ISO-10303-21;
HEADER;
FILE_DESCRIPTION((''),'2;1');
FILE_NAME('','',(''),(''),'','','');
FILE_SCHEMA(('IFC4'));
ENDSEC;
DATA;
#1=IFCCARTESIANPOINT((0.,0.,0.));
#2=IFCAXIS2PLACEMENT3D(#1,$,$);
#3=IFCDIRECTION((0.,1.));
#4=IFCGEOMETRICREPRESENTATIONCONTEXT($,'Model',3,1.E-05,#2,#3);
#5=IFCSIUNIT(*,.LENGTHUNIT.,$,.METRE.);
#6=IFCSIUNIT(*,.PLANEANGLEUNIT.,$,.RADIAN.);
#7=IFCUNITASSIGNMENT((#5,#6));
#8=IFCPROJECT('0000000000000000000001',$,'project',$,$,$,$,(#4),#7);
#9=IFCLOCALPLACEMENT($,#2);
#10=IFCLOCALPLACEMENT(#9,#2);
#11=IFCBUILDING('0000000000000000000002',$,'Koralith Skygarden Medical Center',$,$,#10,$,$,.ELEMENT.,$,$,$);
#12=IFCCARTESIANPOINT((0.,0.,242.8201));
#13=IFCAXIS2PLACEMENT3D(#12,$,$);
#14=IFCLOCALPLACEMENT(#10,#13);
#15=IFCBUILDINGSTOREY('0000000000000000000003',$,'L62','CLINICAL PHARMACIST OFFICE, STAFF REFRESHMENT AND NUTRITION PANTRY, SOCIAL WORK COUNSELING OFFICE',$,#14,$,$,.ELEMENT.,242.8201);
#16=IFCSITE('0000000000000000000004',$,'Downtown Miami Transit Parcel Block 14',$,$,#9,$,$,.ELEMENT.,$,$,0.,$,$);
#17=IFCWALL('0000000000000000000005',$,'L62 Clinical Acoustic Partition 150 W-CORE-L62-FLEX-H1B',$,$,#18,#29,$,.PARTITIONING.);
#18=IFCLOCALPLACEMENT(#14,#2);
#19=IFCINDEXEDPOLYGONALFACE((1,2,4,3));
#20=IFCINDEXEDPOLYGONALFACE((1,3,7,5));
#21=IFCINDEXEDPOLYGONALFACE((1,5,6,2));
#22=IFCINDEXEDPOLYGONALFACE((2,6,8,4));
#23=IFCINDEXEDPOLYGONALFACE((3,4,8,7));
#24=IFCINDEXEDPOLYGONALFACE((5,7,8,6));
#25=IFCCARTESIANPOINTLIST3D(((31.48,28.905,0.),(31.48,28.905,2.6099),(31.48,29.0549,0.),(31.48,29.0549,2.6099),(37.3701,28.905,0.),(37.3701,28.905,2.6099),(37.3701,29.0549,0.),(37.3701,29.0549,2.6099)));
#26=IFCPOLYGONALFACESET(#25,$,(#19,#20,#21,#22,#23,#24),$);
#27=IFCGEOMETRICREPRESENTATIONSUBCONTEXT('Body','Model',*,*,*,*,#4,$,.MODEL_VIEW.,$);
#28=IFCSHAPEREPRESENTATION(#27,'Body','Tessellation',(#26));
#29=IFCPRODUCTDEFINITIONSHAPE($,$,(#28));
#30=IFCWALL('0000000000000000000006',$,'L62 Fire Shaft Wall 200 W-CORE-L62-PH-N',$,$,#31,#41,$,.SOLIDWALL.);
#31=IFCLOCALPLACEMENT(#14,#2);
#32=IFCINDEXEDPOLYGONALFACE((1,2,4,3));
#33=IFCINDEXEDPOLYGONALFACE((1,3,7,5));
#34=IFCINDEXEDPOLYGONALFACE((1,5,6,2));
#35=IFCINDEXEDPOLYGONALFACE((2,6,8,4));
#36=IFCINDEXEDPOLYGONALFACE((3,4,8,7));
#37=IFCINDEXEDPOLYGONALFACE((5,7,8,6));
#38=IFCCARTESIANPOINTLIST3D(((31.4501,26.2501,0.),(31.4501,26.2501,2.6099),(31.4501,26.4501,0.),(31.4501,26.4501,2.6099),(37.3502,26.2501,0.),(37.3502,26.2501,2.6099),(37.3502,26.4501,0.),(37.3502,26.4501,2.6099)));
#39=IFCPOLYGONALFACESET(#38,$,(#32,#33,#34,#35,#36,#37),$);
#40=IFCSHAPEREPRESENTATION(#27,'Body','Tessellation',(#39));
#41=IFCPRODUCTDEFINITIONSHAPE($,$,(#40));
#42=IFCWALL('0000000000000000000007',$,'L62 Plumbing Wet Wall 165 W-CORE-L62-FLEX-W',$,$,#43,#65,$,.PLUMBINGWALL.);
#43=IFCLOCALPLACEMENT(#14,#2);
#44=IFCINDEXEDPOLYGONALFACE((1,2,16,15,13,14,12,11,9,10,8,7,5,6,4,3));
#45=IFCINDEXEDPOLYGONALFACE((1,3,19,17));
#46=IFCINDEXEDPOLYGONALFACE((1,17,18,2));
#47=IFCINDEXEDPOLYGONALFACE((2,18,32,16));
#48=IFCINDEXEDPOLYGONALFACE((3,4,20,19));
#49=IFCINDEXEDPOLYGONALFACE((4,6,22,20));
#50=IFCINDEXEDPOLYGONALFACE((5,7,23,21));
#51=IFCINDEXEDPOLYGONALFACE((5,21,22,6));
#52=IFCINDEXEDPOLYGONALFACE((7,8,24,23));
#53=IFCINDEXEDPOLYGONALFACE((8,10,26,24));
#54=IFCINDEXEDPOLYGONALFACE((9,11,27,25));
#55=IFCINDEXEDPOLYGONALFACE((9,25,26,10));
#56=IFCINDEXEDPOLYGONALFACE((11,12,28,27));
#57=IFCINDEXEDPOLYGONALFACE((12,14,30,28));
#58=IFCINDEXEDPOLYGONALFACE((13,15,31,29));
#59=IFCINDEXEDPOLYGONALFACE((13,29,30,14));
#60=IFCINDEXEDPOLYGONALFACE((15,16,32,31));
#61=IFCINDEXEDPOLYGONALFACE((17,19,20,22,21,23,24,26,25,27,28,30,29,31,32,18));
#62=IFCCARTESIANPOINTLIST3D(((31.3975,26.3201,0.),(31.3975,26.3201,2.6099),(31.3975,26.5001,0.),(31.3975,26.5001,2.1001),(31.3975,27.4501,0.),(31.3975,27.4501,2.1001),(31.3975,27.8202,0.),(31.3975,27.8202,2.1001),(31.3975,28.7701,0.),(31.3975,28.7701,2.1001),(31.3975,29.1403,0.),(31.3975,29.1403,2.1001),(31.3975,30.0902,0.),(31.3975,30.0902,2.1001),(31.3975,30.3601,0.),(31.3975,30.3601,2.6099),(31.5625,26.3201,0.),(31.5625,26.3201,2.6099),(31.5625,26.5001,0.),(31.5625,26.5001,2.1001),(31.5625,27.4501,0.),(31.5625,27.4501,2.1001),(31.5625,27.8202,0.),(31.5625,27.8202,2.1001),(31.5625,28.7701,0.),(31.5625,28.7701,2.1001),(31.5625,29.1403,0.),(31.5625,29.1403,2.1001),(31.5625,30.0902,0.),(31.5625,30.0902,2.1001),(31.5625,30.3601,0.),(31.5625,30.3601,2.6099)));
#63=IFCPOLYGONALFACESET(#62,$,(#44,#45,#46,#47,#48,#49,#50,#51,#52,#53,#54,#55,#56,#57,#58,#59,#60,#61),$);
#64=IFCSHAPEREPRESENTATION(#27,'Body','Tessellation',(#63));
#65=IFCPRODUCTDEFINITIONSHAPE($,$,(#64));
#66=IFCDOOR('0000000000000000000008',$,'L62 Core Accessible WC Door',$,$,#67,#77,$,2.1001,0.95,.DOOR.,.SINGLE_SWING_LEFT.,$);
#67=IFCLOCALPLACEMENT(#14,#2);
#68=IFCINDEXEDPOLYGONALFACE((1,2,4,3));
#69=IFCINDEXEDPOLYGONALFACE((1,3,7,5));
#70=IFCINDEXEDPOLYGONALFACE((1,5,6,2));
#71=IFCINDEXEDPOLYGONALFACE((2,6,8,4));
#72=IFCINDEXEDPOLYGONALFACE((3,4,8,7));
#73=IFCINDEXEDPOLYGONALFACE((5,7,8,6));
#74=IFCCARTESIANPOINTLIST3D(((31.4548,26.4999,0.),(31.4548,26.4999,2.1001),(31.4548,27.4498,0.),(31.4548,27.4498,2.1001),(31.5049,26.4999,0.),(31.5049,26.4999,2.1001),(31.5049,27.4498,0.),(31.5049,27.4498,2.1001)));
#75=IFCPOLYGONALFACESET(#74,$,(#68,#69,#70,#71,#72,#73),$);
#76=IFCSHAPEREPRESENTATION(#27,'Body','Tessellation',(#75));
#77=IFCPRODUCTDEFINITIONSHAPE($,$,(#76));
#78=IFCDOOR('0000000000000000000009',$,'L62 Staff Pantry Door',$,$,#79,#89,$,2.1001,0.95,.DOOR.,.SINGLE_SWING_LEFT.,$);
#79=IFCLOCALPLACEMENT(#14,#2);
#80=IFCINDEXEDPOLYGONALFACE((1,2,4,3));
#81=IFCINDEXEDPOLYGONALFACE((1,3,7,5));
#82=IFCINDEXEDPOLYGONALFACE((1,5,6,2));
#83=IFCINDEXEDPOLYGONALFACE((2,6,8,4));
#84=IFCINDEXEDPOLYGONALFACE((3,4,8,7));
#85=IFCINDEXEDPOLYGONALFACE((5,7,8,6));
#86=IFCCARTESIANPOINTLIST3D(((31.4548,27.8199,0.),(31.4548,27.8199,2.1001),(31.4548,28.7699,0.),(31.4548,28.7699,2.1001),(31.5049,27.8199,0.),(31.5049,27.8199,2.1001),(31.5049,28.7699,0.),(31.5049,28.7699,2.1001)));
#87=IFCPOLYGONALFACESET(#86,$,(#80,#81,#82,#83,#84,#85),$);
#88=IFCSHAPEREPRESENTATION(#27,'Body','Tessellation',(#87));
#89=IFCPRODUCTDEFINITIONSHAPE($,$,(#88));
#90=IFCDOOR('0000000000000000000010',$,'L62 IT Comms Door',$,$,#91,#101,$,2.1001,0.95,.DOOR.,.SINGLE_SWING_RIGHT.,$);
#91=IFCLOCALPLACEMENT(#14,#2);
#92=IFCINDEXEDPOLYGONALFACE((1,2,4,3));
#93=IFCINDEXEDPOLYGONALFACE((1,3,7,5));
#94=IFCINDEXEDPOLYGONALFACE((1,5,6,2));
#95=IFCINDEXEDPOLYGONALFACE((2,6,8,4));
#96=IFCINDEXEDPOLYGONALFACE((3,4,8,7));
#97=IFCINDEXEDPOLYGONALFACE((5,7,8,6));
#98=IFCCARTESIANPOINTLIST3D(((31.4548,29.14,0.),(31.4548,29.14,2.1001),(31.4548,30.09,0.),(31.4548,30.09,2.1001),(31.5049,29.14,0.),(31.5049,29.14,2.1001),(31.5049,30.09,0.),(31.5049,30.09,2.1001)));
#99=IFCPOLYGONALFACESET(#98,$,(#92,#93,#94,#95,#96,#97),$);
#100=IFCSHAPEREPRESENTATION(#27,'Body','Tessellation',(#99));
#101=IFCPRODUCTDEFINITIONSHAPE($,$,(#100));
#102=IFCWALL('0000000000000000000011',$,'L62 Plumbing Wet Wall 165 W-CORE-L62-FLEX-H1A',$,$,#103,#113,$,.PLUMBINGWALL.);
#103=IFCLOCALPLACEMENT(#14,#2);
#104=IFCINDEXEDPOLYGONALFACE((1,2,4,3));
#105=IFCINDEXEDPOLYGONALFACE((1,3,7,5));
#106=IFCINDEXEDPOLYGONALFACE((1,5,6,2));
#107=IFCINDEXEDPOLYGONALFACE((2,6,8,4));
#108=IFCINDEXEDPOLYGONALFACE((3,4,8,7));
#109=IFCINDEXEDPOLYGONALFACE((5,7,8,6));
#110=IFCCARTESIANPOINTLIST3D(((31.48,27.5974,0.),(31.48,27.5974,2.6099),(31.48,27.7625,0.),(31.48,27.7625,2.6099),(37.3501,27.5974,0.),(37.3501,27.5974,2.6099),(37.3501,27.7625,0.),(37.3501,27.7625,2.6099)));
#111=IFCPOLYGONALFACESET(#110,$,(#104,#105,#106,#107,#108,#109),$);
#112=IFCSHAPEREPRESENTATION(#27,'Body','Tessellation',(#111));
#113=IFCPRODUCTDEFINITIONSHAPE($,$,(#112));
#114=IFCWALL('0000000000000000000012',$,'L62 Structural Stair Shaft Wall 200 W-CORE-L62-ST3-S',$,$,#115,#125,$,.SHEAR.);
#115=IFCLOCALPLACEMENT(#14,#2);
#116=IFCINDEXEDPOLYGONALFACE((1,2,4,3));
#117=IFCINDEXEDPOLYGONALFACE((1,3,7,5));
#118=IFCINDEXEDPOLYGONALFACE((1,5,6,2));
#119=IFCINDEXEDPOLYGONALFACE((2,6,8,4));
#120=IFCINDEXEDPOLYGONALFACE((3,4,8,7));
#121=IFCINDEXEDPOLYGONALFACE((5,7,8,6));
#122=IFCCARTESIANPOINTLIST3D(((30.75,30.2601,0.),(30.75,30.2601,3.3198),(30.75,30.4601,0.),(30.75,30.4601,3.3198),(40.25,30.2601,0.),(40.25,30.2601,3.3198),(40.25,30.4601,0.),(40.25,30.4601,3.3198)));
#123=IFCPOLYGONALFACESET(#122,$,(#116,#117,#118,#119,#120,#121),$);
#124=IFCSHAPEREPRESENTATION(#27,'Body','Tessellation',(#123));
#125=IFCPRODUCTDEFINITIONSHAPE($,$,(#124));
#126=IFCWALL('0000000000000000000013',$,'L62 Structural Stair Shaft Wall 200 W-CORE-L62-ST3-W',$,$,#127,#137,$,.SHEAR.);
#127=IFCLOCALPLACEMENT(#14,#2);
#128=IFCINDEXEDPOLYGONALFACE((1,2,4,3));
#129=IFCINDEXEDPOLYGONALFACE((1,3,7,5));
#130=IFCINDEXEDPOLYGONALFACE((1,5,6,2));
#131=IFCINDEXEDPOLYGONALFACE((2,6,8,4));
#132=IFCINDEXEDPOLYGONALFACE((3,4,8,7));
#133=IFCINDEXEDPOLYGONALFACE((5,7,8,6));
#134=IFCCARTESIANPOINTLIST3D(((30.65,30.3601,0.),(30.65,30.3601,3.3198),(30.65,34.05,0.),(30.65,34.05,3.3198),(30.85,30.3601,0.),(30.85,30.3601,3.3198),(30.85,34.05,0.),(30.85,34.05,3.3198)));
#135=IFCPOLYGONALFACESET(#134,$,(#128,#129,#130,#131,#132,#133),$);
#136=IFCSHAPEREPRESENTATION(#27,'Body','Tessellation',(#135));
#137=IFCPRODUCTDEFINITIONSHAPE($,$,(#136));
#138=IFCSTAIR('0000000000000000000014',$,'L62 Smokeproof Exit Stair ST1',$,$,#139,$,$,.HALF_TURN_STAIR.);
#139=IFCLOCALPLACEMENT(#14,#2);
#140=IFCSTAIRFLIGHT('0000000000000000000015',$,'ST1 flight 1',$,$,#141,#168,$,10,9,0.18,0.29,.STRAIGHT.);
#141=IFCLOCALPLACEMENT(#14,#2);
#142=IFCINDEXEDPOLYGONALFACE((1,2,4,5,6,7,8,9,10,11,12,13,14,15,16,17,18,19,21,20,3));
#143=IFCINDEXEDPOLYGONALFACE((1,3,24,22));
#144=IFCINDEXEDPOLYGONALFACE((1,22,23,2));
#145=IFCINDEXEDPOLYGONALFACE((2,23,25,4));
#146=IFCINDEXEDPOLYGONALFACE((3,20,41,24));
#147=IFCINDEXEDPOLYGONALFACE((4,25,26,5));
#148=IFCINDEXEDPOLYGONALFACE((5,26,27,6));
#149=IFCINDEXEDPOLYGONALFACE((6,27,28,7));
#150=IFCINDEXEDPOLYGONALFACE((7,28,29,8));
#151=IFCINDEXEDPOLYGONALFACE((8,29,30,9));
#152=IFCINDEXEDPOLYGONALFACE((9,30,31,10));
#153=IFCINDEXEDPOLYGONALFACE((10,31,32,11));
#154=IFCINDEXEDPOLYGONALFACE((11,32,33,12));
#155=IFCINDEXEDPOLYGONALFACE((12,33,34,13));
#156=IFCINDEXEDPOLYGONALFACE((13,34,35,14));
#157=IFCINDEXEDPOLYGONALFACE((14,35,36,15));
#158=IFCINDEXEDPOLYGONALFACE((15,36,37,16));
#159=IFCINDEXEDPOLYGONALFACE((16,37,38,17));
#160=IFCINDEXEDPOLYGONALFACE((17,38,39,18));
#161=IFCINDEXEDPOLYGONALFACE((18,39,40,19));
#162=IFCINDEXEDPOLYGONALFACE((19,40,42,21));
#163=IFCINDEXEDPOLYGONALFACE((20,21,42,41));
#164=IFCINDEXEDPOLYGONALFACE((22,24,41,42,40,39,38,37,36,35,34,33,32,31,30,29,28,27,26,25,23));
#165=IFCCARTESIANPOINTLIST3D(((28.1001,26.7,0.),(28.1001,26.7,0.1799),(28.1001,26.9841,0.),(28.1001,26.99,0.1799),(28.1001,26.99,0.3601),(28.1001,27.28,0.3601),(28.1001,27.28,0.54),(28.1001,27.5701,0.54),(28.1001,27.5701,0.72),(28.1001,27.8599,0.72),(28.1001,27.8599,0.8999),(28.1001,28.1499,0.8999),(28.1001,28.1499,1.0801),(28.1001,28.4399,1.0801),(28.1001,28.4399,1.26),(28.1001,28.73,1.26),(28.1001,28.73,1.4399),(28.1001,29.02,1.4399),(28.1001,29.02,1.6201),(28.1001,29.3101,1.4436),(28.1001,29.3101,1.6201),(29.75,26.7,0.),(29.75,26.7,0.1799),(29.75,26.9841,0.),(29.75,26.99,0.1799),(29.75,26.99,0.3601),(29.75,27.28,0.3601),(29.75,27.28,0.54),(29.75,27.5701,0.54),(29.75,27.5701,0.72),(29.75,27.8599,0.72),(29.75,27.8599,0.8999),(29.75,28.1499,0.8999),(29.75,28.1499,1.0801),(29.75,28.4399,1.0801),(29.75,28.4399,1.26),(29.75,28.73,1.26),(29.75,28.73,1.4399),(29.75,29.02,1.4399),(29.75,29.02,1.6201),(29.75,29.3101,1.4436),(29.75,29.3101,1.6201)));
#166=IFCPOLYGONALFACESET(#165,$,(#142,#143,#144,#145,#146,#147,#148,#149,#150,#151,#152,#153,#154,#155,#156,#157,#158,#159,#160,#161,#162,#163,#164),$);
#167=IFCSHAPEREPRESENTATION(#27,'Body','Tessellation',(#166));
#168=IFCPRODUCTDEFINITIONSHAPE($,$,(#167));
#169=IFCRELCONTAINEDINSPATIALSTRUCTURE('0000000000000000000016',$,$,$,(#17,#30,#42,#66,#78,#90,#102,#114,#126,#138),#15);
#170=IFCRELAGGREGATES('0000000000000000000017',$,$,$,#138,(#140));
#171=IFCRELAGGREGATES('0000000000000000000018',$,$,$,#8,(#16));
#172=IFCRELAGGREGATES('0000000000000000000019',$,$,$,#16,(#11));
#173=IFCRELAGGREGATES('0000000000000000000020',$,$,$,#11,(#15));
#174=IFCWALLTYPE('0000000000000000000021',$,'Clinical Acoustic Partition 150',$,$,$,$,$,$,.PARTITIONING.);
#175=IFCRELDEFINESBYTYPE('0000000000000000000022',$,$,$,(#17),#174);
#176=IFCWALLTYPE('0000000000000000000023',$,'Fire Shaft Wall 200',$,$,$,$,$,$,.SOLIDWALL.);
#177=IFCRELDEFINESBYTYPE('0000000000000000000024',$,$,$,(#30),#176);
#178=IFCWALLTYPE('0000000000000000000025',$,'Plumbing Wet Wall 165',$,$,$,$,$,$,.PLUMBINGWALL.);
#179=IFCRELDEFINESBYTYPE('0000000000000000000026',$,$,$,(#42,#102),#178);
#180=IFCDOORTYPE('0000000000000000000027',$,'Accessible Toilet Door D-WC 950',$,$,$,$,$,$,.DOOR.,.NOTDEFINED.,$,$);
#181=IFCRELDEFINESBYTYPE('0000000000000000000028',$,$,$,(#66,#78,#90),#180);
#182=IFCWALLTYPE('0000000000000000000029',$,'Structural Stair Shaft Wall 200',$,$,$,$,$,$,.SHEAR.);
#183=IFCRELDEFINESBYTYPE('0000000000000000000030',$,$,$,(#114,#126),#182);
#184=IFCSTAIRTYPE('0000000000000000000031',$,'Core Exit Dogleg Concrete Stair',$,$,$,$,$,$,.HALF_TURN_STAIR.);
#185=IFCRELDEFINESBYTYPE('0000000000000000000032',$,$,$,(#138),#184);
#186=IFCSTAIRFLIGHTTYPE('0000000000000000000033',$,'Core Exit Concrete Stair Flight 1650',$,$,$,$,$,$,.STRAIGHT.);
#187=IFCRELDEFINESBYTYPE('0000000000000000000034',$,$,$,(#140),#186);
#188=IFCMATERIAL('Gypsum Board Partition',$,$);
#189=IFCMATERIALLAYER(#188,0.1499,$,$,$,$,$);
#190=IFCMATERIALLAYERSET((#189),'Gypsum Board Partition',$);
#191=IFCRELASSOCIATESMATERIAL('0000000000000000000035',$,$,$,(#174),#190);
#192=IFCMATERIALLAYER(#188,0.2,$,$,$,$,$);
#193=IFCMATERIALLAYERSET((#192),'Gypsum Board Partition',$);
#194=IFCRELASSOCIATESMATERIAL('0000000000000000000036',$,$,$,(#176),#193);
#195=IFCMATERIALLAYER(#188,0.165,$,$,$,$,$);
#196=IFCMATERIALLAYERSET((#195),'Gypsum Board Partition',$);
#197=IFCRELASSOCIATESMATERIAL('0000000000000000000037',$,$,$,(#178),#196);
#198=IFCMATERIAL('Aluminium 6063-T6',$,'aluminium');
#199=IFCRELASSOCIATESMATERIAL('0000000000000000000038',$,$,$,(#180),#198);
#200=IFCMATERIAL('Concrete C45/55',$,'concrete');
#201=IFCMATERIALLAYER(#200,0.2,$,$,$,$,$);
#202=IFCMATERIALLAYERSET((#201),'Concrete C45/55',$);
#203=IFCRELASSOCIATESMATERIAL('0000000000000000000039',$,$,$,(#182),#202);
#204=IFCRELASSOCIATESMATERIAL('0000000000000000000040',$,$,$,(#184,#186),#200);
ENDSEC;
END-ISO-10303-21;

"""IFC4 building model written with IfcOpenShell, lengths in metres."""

from ifc_helpers import new_model, si_unit, direction, frame, frame_2d, origin, place, context, subcontext, project, spatial, polyline, rectangle, outline, extrude, material, layer, layer_set, type_object, element, fill, aggregate, save


model = new_model("IFC4")

# Units and contexts
model_context = context("Model", 3, precision=1e-05, world=origin(), true_north=direction((0.0, 1.0)))
body_context = subcontext(model_context, "Body", "Model", "MODEL_VIEW")
ifc_project = project(units=[si_unit("LENGTHUNIT", "METRE"), si_unit("PLANEANGLEUNIT", "RADIAN")], contexts=[model_context])

# Site, building, storey
site_placement = place(None, origin())
site = spatial("IfcSite", under=ifc_project, at=site_placement, Name="Downtown Miami Transit Parcel Block 14", CompositionType="ELEMENT", RefElevation=0.0)
building_placement = place(site_placement, origin())
building = spatial("IfcBuilding", under=site, at=building_placement, Name="Koralith Skygarden Medical Center", CompositionType="ELEMENT")
storey_placement = place(building_placement, frame((0.0, 0.0, 242.8201)))
storey = spatial("IfcBuildingStorey", under=building, at=storey_placement, Name="L62", Description="CLINICAL PHARMACIST OFFICE, STAFF REFRESHMENT AND NUTRITION PANTRY, SOCIAL WORK COUNSELING OFFICE", CompositionType="ELEMENT", Elevation=242.8201)

# Walls
ifc_material_1 = material(Name="Gypsum Board Partition")
ifc_layer_1 = layer(ifc_material_1, 0.1499)
ifc_layer_set_1 = layer_set([ifc_layer_1], Name="Gypsum Board Partition")
wall_type_1 = type_object("IfcWallType", Name="Clinical Acoustic Partition 150", PredefinedType="PARTITIONING", material=ifc_layer_set_1)
wall_1_placement = place(storey_placement, frame((31.48, 28.98, 0.0), z_axis=(0.0, 0.0, 1.0), x_axis=(1.0, 0.0, 0.0)))
element("IfcWall", 1, at=wall_1_placement, inside=storey, type_object=wall_type_1, Name="L62 Clinical Acoustic Partition 150 W-CORE-L62-FLEX-H1B", PredefinedType="PARTITIONING", context=body_context, shape_type="SweptSolid", body=[
    extrude(rectangle(XDim=5.8901, YDim=0.1499, at=frame_2d((2.9451, 0.0))), origin(), (0.0, 0.0, 1.0), 2.6099),
])
ifc_layer_2 = layer(ifc_material_1, 0.2)
ifc_layer_set_2 = layer_set([ifc_layer_2], Name="Gypsum Board Partition")
wall_type_2 = type_object("IfcWallType", Name="Fire Shaft Wall 200", PredefinedType="SOLIDWALL", material=ifc_layer_set_2)
wall_2_placement = place(storey_placement, frame((31.45, 26.3501, 0.0), z_axis=(0.0, 0.0, 1.0), x_axis=(1.0, 0.0, 0.0)))
element("IfcWall", 2, at=wall_2_placement, inside=storey, type_object=wall_type_2, Name="L62 Fire Shaft Wall 200 W-CORE-L62-PH-N", PredefinedType="SOLIDWALL", context=body_context, shape_type="SweptSolid", body=[
    extrude(rectangle(XDim=5.9001, YDim=0.2, at=frame_2d((2.9502, 0.0))), origin(), (0.0, 0.0, 1.0), 2.6099),
])

# Wall, openings, doors
ifc_layer_3 = layer(ifc_material_1, 0.165)
ifc_layer_set_3 = layer_set([ifc_layer_3], Name="Gypsum Board Partition")
wall_type_3 = type_object("IfcWallType", Name="Plumbing Wet Wall 165", PredefinedType="PLUMBINGWALL", material=ifc_layer_set_3)
wall_3_placement = place(storey_placement, frame((31.48, 26.3201, 0.0), z_axis=(0.0, 0.0, 1.0), x_axis=(0.0, 1.0, 0.0)))
wall_3 = element("IfcWall", 3, at=wall_3_placement, inside=storey, type_object=wall_type_3, Name="L62 Plumbing Wet Wall 165 W-CORE-L62-FLEX-W", PredefinedType="PLUMBINGWALL", context=body_context, shape_type="SweptSolid", body=[
    extrude(rectangle(XDim=4.04, YDim=0.165, at=frame_2d((2.02, 0.0))), origin(), (0.0, 0.0, 1.0), 2.6099),
])
opening_1_placement = place(wall_3_placement, frame((0.1799, 0.0, 0.0)))
opening_1 = element("IfcOpeningElement", 4, at=opening_1_placement, cuts=wall_3, PredefinedType="OPENING", context=body_context, shape_type="SweptSolid", body=[
    extrude(rectangle(XDim=0.95, YDim=2.1001, at=frame_2d((0.4751, 1.05))), frame((0.0, 0.0925, 0.0), z_axis=(0.0, -1.0, 0.0), x_axis=(1.0, 0.0, 0.0)), (0.0, 0.0, 1.0), 0.1851),
])
opening_2_placement = place(wall_3_placement, frame((1.5, 0.0, 0.0)))
opening_2 = element("IfcOpeningElement", 5, at=opening_2_placement, cuts=wall_3, PredefinedType="OPENING", context=body_context, shape_type="SweptSolid", body=[
    extrude(rectangle(XDim=0.95, YDim=2.1001, at=frame_2d((0.4751, 1.05))), frame((0.0, 0.0925, 0.0), z_axis=(0.0, -1.0, 0.0), x_axis=(1.0, 0.0, 0.0)), (0.0, 0.0, 1.0), 0.1851),
])
opening_3_placement = place(wall_3_placement, frame((2.8201, 0.0, 0.0)))
opening_3 = element("IfcOpeningElement", 6, at=opening_3_placement, cuts=wall_3, PredefinedType="OPENING", context=body_context, shape_type="SweptSolid", body=[
    extrude(rectangle(XDim=0.95, YDim=2.1001, at=frame_2d((0.4751, 1.05))), frame((0.0, 0.0925, 0.0), z_axis=(0.0, -1.0, 0.0), x_axis=(1.0, 0.0, 0.0)), (0.0, 0.0, 1.0), 0.1851),
])
ifc_material_2 = material(Name="Aluminium 6063-T6", Category="aluminium")
door_type = type_object("IfcDoorType", Name="Accessible Toilet Door D-WC 950", OperationType="NOTDEFINED", PredefinedType="DOOR", material=ifc_material_2)
door_1_placement = place(opening_1_placement, frame((0.95, 0.0, 0.0), z_axis=(0.0, 0.0, 1.0), x_axis=(-1.0, 0.0, 0.0)))
door_1 = element("IfcDoor", 7, at=door_1_placement, inside=storey, type_object=door_type, Name="L62 Core Accessible WC Door", OperationType="SINGLE_SWING_LEFT", OverallHeight=2.1001, OverallWidth=0.95, PredefinedType="DOOR", context=body_context, shape_type="SweptSolid", body=[
    extrude(rectangle(XDim=0.95, YDim=2.1001, at=frame_2d((0.4751, 1.05))), frame((0.0, 0.0249, 0.0), z_axis=(0.0, -1.0, 0.0), x_axis=(1.0, 0.0, 0.0)), (0.0, 0.0, 1.0), 0.05),
])
fill(opening_1, door_1)
door_2_placement = place(opening_2_placement, frame((0.95, 0.0, 0.0), z_axis=(0.0, 0.0, 1.0), x_axis=(-1.0, 0.0, 0.0)))
door_2 = element("IfcDoor", 8, at=door_2_placement, inside=storey, type_object=door_type, Name="L62 Staff Pantry Door", OperationType="SINGLE_SWING_LEFT", OverallHeight=2.1001, OverallWidth=0.95, PredefinedType="DOOR", context=body_context, shape_type="SweptSolid", body=[
    extrude(rectangle(XDim=0.95, YDim=2.1001, at=frame_2d((0.4751, 1.05))), frame((0.0, 0.0249, 0.0), z_axis=(0.0, -1.0, 0.0), x_axis=(1.0, 0.0, 0.0)), (0.0, 0.0, 1.0), 0.05),
])
fill(opening_2, door_2)
door_3_placement = place(opening_3_placement, frame((0.95, 0.0, 0.0), z_axis=(0.0, 0.0, 1.0), x_axis=(-1.0, 0.0, 0.0)))
door_3 = element("IfcDoor", 9, at=door_3_placement, inside=storey, type_object=door_type, Name="L62 IT Comms Door", OperationType="SINGLE_SWING_RIGHT", OverallHeight=2.1001, OverallWidth=0.95, PredefinedType="DOOR", context=body_context, shape_type="SweptSolid", body=[
    extrude(rectangle(XDim=0.95, YDim=2.1001, at=frame_2d((0.4751, 1.05))), frame((0.0, 0.0249, 0.0), z_axis=(0.0, -1.0, 0.0), x_axis=(1.0, 0.0, 0.0)), (0.0, 0.0, 1.0), 0.05),
])
fill(opening_3, door_3)

# Walls
wall_4_placement = place(storey_placement, frame((31.48, 27.6799, 0.0), z_axis=(0.0, 0.0, 1.0), x_axis=(1.0, 0.0, 0.0)))
element("IfcWall", 10, at=wall_4_placement, inside=storey, type_object=wall_type_3, Name="L62 Plumbing Wet Wall 165 W-CORE-L62-FLEX-H1A", PredefinedType="PLUMBINGWALL", context=body_context, shape_type="SweptSolid", body=[
    extrude(rectangle(XDim=5.8701, YDim=0.165, at=frame_2d((2.9351, 0.0))), origin(), (0.0, 0.0, 1.0), 2.6099),
])
ifc_material_3 = material(Name="Concrete C45/55", Category="concrete")
ifc_layer_4 = layer(ifc_material_3, 0.2)
ifc_layer_set_4 = layer_set([ifc_layer_4], Name="Concrete C45/55")
wall_type_4 = type_object("IfcWallType", Name="Structural Stair Shaft Wall 200", PredefinedType="SHEAR", material=ifc_layer_set_4)
wall_5_placement = place(storey_placement, frame((30.75, 30.3601, 0.0), z_axis=(0.0, 0.0, 1.0), x_axis=(1.0, 0.0, 0.0)))
element("IfcWall", 11, at=wall_5_placement, inside=storey, type_object=wall_type_4, Name="L62 Structural Stair Shaft Wall 200 W-CORE-L62-ST3-S", PredefinedType="SHEAR", context=body_context, shape_type="SweptSolid", body=[
    extrude(rectangle(XDim=9.5, YDim=0.2, at=frame_2d((4.75, 0.0))), origin(), (0.0, 0.0, 1.0), 3.3198),
])
wall_6_placement = place(storey_placement, frame((30.75, 30.3601, 0.0), z_axis=(0.0, 0.0, 1.0), x_axis=(0.0, 1.0, 0.0)))
element("IfcWall", 12, at=wall_6_placement, inside=storey, type_object=wall_type_4, Name="L62 Structural Stair Shaft Wall 200 W-CORE-L62-ST3-W", PredefinedType="SHEAR", context=body_context, shape_type="SweptSolid", body=[
    extrude(rectangle(XDim=3.6899, YDim=0.2, at=frame_2d((1.845, 0.0))), origin(), (0.0, 0.0, 1.0), 3.3198),
])

# Stair, stair flight
stair_type = type_object("IfcStairType", Name="Core Exit Dogleg Concrete Stair", PredefinedType="HALF_TURN_STAIR", material=ifc_material_3)
stair_1_placement = place(storey_placement, origin())
stair_1 = element("IfcStair", 13, at=stair_1_placement, inside=storey, type_object=stair_type, Name="L62 Smokeproof Exit Stair ST1", PredefinedType="HALF_TURN_STAIR")
stair_flight_type = type_object("IfcStairFlightType", Name="Core Exit Concrete Stair Flight 1650", PredefinedType="STRAIGHT", material=ifc_material_3)
stair_flight_1_placement = place(storey_placement, frame((28.925, 26.7, 0.0), z_axis=(0.0, 0.0, 1.0), x_axis=(0.0, 1.0, 0.0)))
stair_flight_1 = element("IfcStairFlight", 14, at=stair_flight_1_placement, type_object=stair_flight_type, Name="ST1 flight 1", NumberOfRisers=10, NumberOfTreads=9, PredefinedType="STRAIGHT", RiserHeight=0.18, TreadLength=0.29, context=body_context, shape_type="SweptSolid", body=[
    extrude(outline(polyline([(0.0, 0.0), (0.0, 0.1799), (0.29, 0.1799), (0.29, 0.3601), (0.5801, 0.3601), (0.5801, 0.54), (0.8701, 0.54), (0.8701, 0.72), (1.1599, 0.72), (1.1599, 0.8999), (1.45, 0.8999), (1.45, 1.0801), (1.74, 1.0801), (1.74, 1.26), (2.03, 1.26), (2.03, 1.4399), (2.3201, 1.4399), (2.3201, 1.6201), (2.6101, 1.6201), (2.6101, 1.8), (2.6101, 1.4436), (0.2842, 0.0), (0.0, 0.0)])), frame((0.0, 0.825, 0.0), z_axis=(0.0, -1.0, 0.0), x_axis=(1.0, 0.0, 0.0)), (0.0, 0.0, 1.0), 1.6499),
])
aggregate(stair_1, [stair_flight_1])

save(model, "model.ifc")
